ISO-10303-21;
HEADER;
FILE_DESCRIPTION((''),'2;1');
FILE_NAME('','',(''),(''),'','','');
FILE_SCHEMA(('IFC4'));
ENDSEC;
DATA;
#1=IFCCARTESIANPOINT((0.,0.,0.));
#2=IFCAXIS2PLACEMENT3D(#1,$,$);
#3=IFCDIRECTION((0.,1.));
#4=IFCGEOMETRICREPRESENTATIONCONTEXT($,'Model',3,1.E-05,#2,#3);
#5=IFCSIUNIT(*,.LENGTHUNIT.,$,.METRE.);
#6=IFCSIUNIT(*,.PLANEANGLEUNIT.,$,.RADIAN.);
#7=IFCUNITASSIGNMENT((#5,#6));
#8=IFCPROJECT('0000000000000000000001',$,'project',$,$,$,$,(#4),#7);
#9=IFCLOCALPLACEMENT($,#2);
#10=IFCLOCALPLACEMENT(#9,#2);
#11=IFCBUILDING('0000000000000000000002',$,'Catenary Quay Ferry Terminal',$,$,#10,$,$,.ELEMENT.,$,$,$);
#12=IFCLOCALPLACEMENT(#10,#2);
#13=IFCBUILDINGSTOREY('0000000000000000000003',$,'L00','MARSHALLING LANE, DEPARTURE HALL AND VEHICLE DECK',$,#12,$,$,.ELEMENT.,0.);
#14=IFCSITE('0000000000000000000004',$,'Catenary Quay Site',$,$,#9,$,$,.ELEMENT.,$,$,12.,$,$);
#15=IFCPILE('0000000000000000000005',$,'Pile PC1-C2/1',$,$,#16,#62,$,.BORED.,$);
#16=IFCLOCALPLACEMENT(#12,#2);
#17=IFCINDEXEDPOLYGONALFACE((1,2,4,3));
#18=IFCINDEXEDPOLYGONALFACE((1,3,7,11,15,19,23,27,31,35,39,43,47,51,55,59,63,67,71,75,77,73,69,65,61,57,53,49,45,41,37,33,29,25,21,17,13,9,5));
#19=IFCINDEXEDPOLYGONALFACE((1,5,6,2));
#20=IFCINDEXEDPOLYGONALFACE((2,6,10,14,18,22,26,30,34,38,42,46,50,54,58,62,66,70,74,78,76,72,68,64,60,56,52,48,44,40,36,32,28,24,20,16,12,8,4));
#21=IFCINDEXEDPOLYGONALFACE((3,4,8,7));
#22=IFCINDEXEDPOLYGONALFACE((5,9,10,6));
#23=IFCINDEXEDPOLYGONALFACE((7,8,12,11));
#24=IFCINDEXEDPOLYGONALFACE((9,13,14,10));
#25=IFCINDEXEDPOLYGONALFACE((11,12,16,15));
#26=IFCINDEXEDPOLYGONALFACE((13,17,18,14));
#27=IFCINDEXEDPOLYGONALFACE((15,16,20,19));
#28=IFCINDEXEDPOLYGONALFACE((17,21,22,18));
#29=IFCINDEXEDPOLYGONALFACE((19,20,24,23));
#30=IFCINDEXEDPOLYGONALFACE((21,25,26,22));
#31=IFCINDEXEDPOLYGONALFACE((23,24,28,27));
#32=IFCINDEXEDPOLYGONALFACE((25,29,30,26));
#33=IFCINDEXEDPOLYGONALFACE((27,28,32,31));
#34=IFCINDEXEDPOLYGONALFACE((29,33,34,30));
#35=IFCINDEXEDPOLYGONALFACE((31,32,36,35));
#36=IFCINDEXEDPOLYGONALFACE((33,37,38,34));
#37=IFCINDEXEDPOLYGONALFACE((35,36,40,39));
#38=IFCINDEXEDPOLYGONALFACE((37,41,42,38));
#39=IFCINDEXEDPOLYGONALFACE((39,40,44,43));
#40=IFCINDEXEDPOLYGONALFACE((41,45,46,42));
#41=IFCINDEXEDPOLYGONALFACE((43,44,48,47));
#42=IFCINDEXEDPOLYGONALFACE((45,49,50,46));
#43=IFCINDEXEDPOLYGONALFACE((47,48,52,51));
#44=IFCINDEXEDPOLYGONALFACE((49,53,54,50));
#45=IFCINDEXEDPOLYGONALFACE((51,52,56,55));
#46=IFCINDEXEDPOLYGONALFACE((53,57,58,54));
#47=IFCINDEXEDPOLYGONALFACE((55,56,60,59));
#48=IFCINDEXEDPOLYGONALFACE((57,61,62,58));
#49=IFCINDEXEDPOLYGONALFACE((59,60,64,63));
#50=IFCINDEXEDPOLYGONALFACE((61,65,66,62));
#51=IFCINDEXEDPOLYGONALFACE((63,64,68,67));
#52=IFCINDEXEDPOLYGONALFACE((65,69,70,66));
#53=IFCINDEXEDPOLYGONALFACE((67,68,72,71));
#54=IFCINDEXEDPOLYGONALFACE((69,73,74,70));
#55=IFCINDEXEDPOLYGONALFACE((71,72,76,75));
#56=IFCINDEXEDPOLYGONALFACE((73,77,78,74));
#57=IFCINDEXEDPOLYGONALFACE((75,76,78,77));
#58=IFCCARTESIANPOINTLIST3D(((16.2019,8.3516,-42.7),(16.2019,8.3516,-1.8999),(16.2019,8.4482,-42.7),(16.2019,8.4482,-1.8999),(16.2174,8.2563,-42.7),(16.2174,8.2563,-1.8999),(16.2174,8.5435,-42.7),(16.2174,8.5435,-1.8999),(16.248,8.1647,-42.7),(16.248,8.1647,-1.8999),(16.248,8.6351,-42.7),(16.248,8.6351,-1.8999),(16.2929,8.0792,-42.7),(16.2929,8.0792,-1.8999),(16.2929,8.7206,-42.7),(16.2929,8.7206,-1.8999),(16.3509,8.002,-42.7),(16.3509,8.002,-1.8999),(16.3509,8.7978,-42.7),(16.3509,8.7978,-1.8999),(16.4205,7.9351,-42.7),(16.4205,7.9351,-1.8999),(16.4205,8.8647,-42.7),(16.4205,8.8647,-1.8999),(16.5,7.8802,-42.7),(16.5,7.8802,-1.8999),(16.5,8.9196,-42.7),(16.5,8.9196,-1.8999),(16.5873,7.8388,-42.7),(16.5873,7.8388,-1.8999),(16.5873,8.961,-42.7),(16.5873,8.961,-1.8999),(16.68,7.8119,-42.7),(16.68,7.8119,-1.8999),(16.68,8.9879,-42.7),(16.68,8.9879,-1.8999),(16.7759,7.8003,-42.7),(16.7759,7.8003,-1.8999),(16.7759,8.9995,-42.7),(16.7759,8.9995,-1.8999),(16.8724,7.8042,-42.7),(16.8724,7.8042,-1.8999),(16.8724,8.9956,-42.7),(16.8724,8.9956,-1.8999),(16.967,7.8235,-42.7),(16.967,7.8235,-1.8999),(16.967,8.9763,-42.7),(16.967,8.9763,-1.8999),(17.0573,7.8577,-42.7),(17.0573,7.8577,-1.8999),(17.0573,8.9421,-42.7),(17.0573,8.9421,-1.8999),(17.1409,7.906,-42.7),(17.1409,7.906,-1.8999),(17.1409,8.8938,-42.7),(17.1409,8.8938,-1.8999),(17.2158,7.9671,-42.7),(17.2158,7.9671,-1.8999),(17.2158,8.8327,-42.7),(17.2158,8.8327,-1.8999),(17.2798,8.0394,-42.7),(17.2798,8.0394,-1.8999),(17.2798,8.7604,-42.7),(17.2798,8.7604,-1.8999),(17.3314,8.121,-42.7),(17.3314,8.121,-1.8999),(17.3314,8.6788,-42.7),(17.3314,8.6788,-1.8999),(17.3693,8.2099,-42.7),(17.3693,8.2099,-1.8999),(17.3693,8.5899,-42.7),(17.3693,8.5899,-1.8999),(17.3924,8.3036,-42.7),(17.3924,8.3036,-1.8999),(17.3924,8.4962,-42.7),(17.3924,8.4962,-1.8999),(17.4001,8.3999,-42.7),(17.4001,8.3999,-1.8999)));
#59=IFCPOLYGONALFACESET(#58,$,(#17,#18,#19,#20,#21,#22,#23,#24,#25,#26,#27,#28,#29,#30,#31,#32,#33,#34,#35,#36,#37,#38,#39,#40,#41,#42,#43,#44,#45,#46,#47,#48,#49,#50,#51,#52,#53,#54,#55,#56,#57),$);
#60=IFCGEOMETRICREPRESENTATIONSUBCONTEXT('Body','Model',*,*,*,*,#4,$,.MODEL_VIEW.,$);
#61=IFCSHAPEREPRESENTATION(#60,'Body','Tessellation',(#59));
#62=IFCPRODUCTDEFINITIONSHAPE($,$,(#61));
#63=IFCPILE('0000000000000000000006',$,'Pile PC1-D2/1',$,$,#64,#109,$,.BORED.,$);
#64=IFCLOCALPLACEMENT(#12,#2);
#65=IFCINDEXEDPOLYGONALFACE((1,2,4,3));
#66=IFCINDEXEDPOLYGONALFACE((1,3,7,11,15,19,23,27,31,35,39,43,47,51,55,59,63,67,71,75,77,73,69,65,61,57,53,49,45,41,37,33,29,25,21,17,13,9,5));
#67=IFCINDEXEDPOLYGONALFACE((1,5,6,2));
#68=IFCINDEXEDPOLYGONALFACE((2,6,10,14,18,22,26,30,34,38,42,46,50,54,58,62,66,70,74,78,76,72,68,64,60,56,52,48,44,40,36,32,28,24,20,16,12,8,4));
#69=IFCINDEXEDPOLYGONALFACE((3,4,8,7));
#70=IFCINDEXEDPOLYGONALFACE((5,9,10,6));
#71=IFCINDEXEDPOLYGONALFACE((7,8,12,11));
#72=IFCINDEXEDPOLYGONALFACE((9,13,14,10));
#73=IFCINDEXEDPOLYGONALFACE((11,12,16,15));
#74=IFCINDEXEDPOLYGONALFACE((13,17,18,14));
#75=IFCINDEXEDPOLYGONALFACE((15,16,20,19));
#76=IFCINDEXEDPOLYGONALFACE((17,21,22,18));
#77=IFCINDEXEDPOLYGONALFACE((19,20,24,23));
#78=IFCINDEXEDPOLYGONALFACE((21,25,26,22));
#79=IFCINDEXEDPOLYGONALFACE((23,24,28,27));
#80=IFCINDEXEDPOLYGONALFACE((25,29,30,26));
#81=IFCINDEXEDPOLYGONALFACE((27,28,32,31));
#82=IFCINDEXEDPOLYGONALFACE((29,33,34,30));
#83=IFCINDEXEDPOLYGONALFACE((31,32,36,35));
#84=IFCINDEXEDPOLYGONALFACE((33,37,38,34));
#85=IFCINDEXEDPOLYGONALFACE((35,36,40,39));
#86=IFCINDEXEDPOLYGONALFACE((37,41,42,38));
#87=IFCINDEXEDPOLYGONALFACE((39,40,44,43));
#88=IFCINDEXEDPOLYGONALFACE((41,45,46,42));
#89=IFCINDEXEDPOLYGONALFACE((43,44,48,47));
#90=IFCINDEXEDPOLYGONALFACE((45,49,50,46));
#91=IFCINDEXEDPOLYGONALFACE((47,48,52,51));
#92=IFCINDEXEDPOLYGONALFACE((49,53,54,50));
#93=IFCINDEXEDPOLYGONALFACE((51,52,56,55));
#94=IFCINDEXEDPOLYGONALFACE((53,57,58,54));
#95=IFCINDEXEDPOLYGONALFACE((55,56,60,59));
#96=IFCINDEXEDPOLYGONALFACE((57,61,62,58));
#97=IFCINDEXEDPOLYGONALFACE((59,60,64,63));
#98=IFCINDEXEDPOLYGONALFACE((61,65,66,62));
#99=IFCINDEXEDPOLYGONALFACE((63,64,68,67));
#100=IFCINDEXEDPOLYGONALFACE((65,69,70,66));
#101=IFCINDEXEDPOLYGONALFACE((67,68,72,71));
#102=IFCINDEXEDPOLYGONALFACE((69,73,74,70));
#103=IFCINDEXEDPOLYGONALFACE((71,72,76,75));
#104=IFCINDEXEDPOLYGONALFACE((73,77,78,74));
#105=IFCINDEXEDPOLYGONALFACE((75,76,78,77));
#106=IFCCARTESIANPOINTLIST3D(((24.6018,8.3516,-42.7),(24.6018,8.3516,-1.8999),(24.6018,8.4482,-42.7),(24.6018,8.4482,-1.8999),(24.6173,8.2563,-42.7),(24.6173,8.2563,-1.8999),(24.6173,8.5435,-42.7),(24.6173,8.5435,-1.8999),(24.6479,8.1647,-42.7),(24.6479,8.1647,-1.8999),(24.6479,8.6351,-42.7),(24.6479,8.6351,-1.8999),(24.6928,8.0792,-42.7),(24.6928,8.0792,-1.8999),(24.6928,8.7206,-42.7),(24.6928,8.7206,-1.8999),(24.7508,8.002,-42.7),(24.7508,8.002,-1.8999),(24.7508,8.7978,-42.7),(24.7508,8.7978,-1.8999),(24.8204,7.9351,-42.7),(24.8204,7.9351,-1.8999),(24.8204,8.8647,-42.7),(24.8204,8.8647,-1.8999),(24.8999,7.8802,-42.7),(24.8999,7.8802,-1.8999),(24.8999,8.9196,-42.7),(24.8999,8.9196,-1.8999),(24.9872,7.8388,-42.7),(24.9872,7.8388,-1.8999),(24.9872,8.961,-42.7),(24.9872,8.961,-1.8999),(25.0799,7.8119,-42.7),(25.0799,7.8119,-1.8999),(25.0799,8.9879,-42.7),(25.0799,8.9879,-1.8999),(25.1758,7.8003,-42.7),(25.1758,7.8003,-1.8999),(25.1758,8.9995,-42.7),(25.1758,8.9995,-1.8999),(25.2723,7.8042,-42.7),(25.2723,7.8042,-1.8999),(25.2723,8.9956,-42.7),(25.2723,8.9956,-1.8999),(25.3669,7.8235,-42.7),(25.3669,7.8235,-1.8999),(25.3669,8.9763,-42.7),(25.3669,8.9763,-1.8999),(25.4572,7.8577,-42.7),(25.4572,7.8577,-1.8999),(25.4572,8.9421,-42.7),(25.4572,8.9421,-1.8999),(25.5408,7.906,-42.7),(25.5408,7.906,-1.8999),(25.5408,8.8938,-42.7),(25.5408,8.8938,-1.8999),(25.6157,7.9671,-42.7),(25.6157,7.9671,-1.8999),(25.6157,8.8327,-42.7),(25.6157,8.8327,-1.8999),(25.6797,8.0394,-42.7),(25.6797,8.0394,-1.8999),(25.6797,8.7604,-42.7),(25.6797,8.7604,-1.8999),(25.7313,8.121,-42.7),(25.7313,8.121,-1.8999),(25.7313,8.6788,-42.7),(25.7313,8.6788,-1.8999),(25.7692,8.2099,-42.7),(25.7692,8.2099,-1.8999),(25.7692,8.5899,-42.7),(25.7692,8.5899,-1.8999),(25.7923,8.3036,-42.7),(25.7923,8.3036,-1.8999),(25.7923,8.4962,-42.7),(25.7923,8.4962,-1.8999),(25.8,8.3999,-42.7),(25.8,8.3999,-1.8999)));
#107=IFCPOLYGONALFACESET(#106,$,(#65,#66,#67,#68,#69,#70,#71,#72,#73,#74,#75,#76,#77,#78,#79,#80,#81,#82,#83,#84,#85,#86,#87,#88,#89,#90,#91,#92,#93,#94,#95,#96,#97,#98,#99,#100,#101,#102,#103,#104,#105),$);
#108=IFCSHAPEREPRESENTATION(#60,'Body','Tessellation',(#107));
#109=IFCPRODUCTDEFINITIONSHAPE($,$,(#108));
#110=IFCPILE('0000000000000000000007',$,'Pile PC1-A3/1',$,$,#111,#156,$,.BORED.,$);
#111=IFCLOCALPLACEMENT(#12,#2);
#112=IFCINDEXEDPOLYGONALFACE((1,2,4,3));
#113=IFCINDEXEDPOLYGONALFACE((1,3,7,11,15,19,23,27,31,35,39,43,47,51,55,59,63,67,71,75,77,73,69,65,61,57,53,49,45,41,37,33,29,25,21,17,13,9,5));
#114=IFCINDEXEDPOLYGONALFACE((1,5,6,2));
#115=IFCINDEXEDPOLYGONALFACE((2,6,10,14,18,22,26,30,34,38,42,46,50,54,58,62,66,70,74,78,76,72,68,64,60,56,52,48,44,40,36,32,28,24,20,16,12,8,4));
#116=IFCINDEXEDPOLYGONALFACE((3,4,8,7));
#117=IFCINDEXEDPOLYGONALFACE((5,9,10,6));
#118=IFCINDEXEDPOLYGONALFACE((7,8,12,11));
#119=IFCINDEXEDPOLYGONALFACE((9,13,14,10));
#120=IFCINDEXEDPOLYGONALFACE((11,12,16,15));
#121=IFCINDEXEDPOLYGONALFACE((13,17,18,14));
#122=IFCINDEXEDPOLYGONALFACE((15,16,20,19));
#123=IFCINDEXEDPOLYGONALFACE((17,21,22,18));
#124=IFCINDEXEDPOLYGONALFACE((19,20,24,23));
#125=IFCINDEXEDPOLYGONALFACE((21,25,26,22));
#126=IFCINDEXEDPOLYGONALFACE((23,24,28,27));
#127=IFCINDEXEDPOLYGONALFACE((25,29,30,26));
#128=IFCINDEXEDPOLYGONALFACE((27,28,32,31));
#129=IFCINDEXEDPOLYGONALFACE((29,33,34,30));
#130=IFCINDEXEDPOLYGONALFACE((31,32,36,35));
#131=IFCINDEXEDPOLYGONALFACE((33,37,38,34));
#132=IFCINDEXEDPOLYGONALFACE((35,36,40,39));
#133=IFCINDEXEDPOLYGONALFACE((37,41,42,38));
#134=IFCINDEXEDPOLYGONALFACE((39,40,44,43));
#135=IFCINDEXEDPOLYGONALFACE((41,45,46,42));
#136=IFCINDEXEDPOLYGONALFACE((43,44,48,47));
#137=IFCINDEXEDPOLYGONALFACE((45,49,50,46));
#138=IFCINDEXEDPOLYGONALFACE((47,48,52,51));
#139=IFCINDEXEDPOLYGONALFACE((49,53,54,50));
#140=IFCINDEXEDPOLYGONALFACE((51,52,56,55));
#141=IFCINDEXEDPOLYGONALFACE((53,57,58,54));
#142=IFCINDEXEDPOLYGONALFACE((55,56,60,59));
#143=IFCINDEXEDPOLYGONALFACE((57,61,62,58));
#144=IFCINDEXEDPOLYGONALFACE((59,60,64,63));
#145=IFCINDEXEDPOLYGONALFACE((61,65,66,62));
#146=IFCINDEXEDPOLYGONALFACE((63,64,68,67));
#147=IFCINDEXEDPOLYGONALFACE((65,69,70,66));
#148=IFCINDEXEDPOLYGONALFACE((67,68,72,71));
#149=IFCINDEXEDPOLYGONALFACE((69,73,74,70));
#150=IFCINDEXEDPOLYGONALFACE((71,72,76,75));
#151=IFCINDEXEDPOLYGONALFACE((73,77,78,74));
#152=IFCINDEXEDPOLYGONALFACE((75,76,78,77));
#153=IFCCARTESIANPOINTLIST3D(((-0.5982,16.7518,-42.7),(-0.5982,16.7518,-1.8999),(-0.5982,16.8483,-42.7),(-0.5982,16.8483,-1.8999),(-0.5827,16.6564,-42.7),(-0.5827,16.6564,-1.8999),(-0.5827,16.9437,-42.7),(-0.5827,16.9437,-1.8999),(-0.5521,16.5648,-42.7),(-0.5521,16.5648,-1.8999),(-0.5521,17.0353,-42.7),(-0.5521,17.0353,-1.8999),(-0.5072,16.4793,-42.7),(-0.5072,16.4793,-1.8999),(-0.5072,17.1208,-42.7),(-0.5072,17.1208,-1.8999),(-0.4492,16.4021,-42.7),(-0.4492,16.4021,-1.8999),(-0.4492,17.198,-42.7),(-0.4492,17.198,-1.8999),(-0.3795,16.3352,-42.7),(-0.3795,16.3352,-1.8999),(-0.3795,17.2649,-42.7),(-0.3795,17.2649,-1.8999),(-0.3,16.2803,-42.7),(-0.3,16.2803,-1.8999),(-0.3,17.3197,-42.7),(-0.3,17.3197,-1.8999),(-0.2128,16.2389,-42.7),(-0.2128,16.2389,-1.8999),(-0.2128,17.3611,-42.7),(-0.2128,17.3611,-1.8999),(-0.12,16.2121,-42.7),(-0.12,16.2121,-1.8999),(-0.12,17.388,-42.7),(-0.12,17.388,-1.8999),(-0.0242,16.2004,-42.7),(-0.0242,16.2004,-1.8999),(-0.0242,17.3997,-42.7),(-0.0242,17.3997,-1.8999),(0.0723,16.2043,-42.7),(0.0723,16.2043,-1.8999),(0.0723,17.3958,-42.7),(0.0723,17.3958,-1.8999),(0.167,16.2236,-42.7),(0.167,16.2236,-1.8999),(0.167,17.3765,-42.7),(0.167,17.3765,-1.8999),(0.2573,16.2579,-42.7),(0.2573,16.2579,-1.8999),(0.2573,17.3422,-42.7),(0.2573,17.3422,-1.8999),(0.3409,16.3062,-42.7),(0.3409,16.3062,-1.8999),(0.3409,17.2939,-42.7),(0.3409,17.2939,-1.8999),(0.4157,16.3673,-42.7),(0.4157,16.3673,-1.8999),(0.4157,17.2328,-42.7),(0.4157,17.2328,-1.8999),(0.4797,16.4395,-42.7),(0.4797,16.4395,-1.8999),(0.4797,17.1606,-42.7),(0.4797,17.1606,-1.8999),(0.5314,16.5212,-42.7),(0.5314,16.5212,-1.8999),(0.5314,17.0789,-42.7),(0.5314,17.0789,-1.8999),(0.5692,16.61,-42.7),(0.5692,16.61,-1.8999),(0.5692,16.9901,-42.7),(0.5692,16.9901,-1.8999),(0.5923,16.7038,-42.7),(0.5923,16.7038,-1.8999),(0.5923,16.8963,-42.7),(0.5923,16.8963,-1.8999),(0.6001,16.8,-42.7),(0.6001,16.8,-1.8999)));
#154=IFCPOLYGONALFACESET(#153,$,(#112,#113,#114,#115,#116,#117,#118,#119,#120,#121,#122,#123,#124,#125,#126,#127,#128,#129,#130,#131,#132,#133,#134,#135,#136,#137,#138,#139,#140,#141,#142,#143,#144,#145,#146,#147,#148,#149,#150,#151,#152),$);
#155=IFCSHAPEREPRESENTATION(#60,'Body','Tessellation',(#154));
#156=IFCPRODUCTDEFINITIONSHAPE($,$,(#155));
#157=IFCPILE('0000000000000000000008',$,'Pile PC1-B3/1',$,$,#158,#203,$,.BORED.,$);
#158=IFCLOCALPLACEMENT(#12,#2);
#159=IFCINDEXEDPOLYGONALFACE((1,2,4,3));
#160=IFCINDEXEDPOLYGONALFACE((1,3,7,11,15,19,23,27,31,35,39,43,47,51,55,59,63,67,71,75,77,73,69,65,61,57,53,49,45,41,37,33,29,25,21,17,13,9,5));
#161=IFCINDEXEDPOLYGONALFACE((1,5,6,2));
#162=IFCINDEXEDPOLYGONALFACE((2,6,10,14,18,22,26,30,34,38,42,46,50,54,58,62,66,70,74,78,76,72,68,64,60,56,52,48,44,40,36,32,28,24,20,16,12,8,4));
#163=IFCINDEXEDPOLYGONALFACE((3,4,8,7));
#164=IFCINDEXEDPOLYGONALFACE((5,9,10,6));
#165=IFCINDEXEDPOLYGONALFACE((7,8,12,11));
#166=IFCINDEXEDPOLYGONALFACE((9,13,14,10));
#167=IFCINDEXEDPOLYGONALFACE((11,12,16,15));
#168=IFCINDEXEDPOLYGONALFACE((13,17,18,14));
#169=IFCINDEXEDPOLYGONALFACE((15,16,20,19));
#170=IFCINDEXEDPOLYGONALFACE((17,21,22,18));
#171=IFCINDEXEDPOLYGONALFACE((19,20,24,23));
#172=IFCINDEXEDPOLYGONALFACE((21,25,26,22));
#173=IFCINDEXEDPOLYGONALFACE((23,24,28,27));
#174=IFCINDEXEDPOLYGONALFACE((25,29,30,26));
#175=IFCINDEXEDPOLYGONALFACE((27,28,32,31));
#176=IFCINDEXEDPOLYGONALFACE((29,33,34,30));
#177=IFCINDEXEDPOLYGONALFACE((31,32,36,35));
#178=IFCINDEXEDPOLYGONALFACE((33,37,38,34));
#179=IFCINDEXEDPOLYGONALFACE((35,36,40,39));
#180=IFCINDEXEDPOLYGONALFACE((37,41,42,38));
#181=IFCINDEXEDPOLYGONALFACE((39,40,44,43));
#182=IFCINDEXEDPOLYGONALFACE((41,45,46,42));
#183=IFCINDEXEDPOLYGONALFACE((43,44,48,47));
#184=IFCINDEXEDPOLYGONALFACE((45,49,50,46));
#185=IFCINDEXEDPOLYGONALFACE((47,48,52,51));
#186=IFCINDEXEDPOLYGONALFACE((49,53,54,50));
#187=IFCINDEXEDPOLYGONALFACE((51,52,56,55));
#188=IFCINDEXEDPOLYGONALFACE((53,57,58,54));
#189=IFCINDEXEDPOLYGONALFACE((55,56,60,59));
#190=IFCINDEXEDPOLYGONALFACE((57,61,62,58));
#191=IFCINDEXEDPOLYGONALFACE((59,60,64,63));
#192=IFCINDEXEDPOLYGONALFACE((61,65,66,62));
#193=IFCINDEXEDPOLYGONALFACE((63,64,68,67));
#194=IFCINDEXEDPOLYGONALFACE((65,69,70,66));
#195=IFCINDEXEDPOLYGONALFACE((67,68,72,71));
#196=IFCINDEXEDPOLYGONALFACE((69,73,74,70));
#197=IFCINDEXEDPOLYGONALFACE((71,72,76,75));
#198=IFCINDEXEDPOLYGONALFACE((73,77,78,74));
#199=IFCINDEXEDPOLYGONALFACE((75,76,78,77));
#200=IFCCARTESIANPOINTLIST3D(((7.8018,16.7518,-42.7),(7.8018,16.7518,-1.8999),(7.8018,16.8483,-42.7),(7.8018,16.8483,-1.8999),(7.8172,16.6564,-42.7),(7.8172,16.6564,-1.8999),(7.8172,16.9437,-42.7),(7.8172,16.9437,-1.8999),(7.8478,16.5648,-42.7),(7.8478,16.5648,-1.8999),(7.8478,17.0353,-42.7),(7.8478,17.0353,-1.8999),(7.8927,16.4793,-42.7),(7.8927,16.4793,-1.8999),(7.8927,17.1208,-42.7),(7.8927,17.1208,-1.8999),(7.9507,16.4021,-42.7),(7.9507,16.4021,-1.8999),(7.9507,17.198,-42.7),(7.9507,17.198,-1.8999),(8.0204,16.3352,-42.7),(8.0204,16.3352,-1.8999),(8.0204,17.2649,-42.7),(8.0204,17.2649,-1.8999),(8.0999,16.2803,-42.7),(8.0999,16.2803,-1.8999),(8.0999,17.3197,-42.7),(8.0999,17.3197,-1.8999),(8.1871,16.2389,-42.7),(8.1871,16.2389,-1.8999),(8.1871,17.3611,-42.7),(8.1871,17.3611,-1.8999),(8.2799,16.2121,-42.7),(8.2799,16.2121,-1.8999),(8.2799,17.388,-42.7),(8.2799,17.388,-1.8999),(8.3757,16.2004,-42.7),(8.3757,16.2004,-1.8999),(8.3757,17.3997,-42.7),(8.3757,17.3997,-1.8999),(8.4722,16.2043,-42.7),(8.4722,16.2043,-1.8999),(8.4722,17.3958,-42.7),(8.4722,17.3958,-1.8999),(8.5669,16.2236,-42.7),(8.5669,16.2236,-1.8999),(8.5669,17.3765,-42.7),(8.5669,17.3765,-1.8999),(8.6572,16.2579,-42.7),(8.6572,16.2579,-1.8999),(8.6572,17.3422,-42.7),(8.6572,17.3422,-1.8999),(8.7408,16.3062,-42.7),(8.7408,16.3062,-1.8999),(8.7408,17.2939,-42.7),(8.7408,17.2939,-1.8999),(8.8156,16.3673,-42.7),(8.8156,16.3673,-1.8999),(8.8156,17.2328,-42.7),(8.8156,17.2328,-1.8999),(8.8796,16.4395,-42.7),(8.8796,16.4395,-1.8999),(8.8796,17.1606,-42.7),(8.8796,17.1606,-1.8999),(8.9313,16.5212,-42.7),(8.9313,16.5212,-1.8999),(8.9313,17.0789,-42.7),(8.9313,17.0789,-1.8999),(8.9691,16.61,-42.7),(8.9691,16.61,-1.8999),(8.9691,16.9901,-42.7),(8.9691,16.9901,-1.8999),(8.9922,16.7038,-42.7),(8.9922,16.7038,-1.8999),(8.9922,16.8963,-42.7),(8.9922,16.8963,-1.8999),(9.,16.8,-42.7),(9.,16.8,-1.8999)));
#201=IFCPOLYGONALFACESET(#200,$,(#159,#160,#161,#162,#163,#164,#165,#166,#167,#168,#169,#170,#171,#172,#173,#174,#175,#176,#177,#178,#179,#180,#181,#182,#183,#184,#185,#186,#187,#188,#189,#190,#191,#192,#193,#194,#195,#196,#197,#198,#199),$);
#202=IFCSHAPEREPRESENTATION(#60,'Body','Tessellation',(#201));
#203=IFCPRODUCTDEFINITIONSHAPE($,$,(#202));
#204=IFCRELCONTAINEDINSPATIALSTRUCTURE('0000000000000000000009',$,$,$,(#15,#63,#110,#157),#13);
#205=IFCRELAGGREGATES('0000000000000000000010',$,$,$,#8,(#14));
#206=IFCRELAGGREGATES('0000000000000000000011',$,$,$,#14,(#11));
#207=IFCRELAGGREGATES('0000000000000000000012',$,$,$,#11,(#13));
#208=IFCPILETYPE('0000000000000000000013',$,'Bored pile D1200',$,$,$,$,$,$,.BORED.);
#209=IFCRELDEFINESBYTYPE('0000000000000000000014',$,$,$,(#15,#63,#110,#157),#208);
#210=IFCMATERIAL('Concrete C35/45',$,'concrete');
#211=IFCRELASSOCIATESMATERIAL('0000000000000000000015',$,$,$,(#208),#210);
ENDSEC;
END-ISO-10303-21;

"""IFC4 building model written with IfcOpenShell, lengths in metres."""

from ifc_helpers import new_model, si_unit, direction, frame, origin, origin_2d, place, context, subcontext, project, spatial, circle, extrude, material, material_profile, profile_set, type_object, element, save


model = new_model("IFC4")

# Units and contexts
model_context = context("Model", 3, precision=1e-05, world=origin(), true_north=direction((0.0, 1.0)))
body_context = subcontext(model_context, "Body", "Model", "MODEL_VIEW")
ifc_project = project(units=[si_unit("LENGTHUNIT", "METRE"), si_unit("PLANEANGLEUNIT", "RADIAN")], contexts=[model_context])

# Site, building, storey
site_placement = place(None, origin())
site = spatial("IfcSite", under=ifc_project, at=site_placement, Name="Catenary Quay Site", CompositionType="ELEMENT", RefElevation=12.0)
building_placement = place(site_placement, origin())
building = spatial("IfcBuilding", under=site, at=building_placement, Name="Catenary Quay Ferry Terminal", CompositionType="ELEMENT")
storey_placement = place(building_placement, origin())
storey = spatial("IfcBuildingStorey", under=building, at=storey_placement, Name="L00", Description="MARSHALLING LANE, DEPARTURE HALL AND VEHICLE DECK", CompositionType="ELEMENT", Elevation=0.0)

# Piles
ifc_material_1 = material(Name="Concrete C35/45", Category="concrete")
ifc_material_profile_1 = material_profile(ifc_material_1, circle(Radius=0.6001, at=origin_2d()), Name="D1200")
ifc_profile_set_1 = profile_set([ifc_material_profile_1], Name="Concrete C35/45")
pile_type = type_object("IfcPileType", Name="Bored pile D1200", PredefinedType="BORED", material=ifc_profile_set_1)
for number, where, z_axis, x_axis, name in (
    (1, (16.8, 8.3999, -1.8999), (0.0, 0.0, -1.0), (1.0, 0.0, 0.0), "Pile PC1-C2/1"),
    (2, (25.2, 8.3999, -1.8999), (0.0, 0.0, -1.0), (1.0, 0.0, 0.0), "Pile PC1-D2/1"),
    (3, (0.0, 16.8, -1.8999), (0.0, 0.0, -1.0), (1.0, 0.0, 0.0), "Pile PC1-A3/1"),
    (4, (8.3999, 16.8, -1.8999), (0.0, 0.0, -1.0), (1.0, 0.0, 0.0), "Pile PC1-B3/1"),
):
    element("IfcPile", number, at=place(storey_placement, frame(where, z_axis=z_axis, x_axis=x_axis)), inside=storey, type_object=pile_type, Name=name, PredefinedType="BORED", context=body_context, shape_type="SweptSolid", body=[
        extrude(circle(Radius=0.6001, at=origin_2d()), origin(), (0.0, 0.0, 1.0), 40.8),
    ])

save(model, "model.ifc")
